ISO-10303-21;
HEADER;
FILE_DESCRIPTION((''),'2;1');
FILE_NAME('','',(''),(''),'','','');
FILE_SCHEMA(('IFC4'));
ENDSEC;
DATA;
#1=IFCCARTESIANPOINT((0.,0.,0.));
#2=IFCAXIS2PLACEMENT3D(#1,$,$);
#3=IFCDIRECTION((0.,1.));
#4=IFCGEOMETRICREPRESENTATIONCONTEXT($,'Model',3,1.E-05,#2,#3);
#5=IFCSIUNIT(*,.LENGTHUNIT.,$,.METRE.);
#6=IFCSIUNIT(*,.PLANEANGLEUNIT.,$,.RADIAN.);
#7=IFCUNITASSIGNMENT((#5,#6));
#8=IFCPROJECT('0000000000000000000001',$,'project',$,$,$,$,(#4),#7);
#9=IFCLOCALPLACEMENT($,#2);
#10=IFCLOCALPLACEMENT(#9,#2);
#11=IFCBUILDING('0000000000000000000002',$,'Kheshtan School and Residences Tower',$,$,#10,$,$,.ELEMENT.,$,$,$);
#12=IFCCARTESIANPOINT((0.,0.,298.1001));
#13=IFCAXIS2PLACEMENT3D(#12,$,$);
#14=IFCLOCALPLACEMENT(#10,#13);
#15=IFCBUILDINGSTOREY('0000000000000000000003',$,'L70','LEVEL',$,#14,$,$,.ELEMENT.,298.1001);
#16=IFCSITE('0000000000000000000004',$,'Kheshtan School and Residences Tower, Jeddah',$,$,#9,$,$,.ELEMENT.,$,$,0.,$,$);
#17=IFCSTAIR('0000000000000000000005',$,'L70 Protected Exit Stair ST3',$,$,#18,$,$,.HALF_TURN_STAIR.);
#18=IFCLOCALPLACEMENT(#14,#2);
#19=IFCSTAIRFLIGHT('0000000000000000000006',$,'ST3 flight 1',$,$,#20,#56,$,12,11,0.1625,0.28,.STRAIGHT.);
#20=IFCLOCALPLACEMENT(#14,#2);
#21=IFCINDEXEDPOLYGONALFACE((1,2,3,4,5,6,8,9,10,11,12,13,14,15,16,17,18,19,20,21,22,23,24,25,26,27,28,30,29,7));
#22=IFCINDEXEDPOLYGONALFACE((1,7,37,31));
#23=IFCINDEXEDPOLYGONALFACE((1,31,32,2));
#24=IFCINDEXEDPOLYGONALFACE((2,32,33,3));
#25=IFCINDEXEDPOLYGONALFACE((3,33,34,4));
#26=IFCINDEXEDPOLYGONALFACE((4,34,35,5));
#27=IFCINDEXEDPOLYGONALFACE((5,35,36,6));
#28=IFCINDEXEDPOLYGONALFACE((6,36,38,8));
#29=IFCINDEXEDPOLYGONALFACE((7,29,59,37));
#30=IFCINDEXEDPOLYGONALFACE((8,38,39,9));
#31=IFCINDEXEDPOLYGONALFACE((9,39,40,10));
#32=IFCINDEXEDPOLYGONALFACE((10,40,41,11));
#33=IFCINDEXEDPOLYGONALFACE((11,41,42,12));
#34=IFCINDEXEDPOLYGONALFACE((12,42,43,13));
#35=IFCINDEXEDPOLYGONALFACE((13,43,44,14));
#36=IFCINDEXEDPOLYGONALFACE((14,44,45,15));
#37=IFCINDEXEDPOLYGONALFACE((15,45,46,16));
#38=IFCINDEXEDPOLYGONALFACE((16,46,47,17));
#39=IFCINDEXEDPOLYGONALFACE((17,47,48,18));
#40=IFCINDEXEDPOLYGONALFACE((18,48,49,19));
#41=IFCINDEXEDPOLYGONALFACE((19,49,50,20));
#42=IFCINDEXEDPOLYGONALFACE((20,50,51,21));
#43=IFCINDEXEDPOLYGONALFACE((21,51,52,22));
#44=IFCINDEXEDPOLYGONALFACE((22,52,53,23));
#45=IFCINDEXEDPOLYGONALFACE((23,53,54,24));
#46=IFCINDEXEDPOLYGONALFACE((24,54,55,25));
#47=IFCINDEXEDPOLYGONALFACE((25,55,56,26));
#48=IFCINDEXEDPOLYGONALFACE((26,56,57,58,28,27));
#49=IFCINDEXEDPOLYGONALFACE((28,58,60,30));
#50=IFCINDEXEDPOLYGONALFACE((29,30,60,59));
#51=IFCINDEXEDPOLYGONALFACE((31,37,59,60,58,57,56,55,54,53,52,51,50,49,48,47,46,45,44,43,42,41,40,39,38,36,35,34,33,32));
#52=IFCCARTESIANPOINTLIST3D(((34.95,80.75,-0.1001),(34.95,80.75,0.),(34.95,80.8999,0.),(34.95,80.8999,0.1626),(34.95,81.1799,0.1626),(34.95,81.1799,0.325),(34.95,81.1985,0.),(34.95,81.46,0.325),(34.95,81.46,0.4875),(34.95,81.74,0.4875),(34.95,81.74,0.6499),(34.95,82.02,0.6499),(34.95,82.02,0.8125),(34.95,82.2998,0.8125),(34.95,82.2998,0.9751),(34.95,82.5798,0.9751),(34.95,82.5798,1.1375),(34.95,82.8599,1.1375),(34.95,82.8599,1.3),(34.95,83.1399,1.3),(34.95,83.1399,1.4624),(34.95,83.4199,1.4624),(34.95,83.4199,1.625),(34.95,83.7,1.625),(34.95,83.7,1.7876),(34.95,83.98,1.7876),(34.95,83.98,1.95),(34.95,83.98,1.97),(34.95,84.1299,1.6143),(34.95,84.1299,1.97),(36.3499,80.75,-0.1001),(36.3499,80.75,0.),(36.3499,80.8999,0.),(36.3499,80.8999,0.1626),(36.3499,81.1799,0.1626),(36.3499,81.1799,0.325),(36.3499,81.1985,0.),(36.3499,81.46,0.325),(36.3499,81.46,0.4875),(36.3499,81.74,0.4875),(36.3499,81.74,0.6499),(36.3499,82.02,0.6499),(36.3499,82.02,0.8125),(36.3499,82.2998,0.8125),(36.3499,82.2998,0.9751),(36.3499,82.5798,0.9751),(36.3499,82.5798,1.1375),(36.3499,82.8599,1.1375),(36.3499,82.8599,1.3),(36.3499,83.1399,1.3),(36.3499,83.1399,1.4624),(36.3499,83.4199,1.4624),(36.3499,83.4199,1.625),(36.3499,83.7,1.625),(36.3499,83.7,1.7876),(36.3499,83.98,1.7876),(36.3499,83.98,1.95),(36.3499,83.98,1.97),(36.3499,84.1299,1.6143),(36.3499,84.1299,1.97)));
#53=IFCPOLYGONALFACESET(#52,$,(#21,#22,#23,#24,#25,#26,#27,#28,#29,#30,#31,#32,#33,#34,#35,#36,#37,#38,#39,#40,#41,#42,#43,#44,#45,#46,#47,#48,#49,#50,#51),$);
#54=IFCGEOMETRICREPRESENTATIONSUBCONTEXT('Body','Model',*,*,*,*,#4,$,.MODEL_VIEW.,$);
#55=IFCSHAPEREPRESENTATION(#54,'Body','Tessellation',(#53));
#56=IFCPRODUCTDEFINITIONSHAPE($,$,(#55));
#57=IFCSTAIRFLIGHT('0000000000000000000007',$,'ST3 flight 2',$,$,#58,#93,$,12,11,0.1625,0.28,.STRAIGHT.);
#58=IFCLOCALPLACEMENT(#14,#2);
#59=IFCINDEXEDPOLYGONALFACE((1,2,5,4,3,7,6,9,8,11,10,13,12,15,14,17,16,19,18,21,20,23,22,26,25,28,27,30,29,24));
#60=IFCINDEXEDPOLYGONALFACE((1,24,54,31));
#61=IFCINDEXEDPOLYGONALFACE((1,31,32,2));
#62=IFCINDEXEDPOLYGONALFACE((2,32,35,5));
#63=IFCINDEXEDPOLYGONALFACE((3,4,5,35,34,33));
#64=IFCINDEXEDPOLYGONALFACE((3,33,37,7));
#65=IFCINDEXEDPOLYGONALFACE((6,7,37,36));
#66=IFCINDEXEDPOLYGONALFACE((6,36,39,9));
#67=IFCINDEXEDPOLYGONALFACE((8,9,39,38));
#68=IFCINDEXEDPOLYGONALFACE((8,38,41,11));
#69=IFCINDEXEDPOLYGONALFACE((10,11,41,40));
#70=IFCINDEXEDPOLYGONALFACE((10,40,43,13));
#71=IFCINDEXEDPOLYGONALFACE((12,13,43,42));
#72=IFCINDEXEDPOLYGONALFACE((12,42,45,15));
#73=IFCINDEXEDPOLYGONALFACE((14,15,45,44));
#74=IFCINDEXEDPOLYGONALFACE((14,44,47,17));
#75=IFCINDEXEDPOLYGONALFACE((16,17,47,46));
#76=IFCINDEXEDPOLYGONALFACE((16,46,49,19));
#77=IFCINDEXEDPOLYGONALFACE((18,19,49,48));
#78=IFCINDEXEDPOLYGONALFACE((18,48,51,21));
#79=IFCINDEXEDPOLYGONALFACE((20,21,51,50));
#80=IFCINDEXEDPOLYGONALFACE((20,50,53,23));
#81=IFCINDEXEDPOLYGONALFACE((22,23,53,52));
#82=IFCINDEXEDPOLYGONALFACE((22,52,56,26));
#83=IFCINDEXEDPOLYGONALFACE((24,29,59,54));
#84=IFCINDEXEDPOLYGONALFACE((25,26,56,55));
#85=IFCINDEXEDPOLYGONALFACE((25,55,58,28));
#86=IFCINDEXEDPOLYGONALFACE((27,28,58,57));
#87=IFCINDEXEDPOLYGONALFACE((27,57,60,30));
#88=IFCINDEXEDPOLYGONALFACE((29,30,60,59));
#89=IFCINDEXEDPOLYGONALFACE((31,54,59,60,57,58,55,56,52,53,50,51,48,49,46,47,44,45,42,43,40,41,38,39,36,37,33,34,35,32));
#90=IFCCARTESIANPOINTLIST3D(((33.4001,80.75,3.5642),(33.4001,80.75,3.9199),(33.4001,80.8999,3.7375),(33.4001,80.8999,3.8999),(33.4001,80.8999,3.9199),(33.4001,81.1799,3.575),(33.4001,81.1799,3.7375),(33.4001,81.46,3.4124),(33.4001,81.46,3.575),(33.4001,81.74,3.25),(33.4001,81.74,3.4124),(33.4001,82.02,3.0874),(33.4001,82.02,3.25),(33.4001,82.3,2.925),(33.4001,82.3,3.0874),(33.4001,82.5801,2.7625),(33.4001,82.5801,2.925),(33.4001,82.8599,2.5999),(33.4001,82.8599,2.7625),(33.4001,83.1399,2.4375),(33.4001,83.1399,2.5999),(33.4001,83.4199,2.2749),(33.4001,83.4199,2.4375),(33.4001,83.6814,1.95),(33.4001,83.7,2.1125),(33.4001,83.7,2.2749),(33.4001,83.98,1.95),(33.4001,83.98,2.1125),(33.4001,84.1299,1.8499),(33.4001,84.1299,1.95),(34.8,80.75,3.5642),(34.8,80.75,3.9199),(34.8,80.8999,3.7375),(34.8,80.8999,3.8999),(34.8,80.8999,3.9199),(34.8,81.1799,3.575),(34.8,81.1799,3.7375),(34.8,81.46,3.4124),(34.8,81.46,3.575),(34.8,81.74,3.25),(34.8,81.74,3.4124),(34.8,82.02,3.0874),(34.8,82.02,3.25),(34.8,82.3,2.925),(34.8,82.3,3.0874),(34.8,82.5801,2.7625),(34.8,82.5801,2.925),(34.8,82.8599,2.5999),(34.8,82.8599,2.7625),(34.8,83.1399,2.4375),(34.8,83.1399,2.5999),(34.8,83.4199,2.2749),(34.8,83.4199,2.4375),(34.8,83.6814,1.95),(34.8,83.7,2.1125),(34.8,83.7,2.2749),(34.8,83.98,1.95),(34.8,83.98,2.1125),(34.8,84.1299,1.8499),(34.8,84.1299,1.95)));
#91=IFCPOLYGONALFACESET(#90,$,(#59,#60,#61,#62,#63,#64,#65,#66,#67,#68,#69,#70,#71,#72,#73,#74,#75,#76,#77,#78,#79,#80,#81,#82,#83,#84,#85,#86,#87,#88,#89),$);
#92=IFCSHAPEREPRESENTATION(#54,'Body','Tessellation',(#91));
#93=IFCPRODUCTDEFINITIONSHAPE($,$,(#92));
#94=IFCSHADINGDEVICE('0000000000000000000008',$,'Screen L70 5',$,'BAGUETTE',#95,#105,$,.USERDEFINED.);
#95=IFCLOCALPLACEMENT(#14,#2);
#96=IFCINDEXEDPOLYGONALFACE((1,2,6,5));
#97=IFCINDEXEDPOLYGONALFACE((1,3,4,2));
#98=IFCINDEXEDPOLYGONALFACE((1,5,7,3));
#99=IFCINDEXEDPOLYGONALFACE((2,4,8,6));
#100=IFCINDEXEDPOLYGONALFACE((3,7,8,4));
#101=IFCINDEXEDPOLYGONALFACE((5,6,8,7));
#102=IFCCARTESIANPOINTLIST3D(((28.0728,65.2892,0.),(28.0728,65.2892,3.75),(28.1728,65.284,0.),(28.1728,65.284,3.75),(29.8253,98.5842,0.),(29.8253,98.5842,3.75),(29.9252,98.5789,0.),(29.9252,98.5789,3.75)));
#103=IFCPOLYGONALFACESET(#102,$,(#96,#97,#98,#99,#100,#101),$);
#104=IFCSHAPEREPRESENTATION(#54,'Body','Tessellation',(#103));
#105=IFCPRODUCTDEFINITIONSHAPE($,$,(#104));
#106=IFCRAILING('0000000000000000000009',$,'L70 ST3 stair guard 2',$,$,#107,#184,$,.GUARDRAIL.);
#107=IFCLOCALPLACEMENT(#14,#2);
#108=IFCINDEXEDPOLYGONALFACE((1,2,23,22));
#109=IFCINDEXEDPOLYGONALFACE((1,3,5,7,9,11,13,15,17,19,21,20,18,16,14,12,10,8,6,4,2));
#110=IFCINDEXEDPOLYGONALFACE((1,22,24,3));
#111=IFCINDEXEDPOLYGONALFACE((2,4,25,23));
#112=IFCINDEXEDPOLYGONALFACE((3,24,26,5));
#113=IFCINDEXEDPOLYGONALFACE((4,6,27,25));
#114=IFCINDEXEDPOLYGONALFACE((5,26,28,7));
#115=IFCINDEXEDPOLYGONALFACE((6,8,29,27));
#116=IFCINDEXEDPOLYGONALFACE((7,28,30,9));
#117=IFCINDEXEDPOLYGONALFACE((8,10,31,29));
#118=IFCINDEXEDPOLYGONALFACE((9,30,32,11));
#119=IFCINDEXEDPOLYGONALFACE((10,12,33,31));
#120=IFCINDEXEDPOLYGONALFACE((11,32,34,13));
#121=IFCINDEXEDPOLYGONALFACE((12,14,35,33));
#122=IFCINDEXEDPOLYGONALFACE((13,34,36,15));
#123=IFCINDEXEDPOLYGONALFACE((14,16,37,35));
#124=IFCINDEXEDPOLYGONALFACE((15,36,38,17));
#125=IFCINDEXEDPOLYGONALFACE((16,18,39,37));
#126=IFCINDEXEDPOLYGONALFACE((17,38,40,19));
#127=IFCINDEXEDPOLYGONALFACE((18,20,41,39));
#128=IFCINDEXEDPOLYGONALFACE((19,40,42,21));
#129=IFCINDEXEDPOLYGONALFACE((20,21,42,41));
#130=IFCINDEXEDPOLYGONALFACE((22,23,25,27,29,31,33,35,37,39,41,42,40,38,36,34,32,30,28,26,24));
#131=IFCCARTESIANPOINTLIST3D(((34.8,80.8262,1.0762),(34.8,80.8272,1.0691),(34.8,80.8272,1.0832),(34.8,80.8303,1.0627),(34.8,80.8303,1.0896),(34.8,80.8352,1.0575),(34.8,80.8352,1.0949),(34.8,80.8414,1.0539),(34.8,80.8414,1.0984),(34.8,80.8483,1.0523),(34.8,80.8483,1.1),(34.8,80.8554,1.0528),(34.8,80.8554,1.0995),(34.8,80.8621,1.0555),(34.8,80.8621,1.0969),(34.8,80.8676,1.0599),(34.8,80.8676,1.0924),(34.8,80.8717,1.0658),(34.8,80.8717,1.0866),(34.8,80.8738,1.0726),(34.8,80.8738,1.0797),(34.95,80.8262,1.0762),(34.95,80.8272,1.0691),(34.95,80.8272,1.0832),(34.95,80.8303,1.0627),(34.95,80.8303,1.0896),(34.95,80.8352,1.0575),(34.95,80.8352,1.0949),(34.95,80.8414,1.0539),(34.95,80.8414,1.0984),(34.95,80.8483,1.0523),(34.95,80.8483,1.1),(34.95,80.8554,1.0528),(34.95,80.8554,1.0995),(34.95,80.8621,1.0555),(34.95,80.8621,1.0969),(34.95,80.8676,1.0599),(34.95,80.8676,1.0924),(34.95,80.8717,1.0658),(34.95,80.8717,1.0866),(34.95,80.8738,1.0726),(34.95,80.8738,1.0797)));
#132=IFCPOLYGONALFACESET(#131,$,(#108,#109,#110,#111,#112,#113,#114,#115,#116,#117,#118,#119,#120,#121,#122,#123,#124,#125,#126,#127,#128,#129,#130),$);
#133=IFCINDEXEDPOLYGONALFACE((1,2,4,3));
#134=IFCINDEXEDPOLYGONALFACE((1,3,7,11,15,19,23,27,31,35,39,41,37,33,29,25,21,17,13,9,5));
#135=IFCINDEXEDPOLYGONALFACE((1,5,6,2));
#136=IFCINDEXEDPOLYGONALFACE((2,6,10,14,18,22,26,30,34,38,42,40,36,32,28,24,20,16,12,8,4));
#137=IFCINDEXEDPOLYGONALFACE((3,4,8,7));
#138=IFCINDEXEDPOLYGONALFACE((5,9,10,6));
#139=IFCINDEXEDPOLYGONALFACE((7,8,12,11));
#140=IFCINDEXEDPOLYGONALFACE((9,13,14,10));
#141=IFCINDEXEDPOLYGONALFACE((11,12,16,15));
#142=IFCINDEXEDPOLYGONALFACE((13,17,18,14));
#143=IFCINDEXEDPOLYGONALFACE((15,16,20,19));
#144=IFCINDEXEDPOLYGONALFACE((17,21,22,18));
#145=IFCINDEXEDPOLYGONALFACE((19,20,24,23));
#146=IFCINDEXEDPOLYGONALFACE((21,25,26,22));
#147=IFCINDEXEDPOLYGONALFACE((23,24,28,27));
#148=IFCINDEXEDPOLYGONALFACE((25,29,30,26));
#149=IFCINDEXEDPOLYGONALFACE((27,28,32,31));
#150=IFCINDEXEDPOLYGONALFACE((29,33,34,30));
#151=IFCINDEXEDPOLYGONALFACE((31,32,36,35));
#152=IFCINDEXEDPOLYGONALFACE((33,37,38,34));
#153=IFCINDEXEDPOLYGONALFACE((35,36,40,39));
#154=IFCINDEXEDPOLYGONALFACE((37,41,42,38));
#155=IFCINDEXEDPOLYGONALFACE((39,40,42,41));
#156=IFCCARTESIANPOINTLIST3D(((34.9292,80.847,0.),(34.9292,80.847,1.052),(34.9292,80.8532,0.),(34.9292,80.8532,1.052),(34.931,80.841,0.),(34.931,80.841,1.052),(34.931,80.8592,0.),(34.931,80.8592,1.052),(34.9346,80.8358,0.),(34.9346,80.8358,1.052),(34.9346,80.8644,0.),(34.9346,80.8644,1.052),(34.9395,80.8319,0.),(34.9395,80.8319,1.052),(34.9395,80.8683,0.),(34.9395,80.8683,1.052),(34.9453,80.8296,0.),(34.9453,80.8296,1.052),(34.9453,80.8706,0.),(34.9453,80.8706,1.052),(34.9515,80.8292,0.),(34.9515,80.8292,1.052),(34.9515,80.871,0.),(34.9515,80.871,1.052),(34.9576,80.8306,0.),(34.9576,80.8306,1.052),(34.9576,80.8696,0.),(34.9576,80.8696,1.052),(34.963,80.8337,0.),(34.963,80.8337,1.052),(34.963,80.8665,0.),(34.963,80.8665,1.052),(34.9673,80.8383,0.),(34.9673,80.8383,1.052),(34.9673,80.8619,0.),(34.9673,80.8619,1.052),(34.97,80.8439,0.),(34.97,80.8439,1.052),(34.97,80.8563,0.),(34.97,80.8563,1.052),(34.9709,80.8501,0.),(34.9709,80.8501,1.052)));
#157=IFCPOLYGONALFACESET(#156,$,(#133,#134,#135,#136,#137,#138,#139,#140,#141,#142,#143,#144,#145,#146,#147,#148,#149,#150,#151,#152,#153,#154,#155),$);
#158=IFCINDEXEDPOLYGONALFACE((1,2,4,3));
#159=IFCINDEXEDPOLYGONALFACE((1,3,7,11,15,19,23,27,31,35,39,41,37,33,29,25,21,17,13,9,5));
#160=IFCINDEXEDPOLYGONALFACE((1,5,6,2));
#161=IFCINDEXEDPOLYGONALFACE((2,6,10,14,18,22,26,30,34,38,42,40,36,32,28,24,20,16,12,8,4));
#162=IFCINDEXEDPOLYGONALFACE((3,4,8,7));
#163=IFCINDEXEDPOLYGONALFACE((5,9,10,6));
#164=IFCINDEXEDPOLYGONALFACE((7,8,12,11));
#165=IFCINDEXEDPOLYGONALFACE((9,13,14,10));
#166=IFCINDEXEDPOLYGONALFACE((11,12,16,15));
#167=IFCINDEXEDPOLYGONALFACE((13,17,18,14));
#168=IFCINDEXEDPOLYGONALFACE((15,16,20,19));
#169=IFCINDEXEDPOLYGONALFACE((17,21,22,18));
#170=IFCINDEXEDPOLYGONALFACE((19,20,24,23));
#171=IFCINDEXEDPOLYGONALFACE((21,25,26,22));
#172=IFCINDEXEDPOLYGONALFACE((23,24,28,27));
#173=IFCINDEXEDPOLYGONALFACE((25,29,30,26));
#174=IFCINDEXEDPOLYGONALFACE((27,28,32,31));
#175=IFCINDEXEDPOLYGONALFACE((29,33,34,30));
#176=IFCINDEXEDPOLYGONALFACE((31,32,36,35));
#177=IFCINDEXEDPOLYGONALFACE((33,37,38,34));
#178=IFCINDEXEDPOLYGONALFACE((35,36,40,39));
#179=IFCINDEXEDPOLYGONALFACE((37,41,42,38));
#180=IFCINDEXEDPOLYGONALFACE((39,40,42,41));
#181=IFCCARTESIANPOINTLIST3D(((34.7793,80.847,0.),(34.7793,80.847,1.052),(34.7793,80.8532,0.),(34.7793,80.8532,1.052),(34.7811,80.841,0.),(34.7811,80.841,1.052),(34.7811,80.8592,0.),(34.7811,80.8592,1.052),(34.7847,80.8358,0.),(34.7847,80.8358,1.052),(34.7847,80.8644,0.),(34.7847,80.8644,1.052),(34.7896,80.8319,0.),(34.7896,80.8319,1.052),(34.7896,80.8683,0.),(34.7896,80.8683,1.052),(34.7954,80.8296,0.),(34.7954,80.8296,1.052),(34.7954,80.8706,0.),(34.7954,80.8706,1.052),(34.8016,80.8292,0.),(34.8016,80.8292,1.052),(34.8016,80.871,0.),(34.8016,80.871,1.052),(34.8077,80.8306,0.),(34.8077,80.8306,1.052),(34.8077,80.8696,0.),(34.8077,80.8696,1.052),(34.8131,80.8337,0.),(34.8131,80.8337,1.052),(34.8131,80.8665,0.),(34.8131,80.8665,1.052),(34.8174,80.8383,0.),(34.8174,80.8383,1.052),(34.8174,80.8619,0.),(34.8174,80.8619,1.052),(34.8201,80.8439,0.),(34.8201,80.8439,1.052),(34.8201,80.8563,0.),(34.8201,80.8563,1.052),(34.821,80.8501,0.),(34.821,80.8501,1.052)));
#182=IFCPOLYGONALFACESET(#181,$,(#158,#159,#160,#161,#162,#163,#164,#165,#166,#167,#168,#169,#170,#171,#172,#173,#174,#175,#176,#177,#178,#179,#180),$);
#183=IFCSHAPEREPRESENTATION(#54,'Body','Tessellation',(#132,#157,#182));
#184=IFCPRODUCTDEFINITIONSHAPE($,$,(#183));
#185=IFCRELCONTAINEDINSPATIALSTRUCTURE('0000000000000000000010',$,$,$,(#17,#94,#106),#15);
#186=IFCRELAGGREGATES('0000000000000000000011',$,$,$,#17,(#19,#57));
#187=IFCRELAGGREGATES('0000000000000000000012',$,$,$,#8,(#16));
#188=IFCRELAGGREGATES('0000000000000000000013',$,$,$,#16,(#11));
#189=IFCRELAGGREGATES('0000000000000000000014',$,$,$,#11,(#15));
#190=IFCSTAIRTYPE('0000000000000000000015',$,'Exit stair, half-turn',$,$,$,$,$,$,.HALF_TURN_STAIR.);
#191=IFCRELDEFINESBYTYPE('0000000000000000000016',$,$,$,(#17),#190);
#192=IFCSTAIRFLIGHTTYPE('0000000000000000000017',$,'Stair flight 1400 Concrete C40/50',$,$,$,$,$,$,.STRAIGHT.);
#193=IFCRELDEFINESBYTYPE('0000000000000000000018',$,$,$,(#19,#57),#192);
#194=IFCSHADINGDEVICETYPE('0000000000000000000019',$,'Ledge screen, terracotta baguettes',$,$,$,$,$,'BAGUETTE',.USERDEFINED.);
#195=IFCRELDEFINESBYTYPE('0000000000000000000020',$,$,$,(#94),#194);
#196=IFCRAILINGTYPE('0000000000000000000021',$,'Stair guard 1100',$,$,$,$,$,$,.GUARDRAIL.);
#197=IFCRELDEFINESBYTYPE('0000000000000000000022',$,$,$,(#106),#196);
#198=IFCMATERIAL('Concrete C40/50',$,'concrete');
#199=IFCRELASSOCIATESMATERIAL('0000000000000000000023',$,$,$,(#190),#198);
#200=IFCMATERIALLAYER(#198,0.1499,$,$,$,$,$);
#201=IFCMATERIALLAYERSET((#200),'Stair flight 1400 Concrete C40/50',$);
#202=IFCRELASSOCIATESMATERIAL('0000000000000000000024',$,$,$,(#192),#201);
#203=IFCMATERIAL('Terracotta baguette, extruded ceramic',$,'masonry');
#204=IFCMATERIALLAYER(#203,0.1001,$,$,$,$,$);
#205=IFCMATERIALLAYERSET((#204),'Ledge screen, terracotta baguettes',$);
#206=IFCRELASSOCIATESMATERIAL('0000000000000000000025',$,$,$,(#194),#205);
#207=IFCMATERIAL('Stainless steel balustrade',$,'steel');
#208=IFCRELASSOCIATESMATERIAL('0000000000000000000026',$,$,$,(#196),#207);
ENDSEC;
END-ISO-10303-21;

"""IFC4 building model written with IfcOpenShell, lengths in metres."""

from ifc_helpers import new_model, si_unit, direction, frame, origin, origin_2d, place, context, subcontext, project, spatial, polyline, rectangle, circle, outline, extrude, material, layer, layer_set, type_object, element, aggregate, save


model = new_model("IFC4")

# Units and contexts
model_context = context("Model", 3, precision=1e-05, world=origin(), true_north=direction((0.0, 1.0)))
body_context = subcontext(model_context, "Body", "Model", "MODEL_VIEW")
ifc_project = project(units=[si_unit("LENGTHUNIT", "METRE"), si_unit("PLANEANGLEUNIT", "RADIAN")], contexts=[model_context])

# Site, building, storey
site_placement = place(None, origin())
site = spatial("IfcSite", under=ifc_project, at=site_placement, Name="Kheshtan School and Residences Tower, Jeddah", CompositionType="ELEMENT", RefElevation=0.0)
building_placement = place(site_placement, origin())
building = spatial("IfcBuilding", under=site, at=building_placement, Name="Kheshtan School and Residences Tower", CompositionType="ELEMENT")
storey_placement = place(building_placement, frame((0.0, 0.0, 298.1001)))
storey = spatial("IfcBuildingStorey", under=building, at=storey_placement, Name="L70", Description="LEVEL", CompositionType="ELEMENT", Elevation=298.1001)

# Shared definitions
ifc_material_1 = material(Name="Concrete C40/50", Category="concrete")

# Stair, stair flights
stair_type = type_object("IfcStairType", Name="Exit stair, half-turn", PredefinedType="HALF_TURN_STAIR", material=ifc_material_1)
stair_placement = place(storey_placement, origin())
stair = element("IfcStair", 1, at=stair_placement, inside=storey, type_object=stair_type, Name="L70 Protected Exit Stair ST3", PredefinedType="HALF_TURN_STAIR")
ifc_layer_1 = layer(ifc_material_1, 0.1499)
ifc_layer_set_1 = layer_set([ifc_layer_1], Name="Stair flight 1400 Concrete C40/50")
stair_flight_type = type_object("IfcStairFlightType", Name="Stair flight 1400 Concrete C40/50", PredefinedType="STRAIGHT", material=ifc_layer_set_1)
stair_flight_1_placement = place(storey_placement, frame((35.6499, 80.8999, 0.0), z_axis=(0.0, 0.0, 1.0), x_axis=(0.0, 1.0, 0.0)))
stair_flight_1 = element("IfcStairFlight", 2, at=stair_flight_1_placement, type_object=stair_flight_type, Name="ST3 flight 1", NumberOfRisers=12, NumberOfTreads=11, PredefinedType="STRAIGHT", RiserHeight=0.1625, TreadLength=0.28, context=body_context, shape_type="SweptSolid", body=[
    extrude(outline(polyline([(-0.1499, -0.1001), (-0.1499, 0.0), (0.0, 0.0), (0.0, 0.1626), (0.28, 0.1626), (0.28, 0.325), (0.5601, 0.325), (0.5601, 0.4875), (0.8401, 0.4875), (0.8401, 0.6499), (1.1201, 0.6499), (1.1201, 0.8125), (1.3999, 0.8125), (1.3999, 0.9751), (1.6799, 0.9751), (1.6799, 1.1375), (1.96, 1.1375), (1.96, 1.3), (2.24, 1.3), (2.24, 1.4624), (2.52, 1.4624), (2.52, 1.625), (2.8, 1.625), (2.8, 1.7876), (3.0801, 1.7876), (3.0801, 1.95), (3.0801, 1.97), (3.23, 1.97), (3.23, 1.6143), (0.2986, 0.0), (-0.1499, -0.1001)])), frame((0.0, 0.7, 0.0), z_axis=(0.0, -1.0, 0.0), x_axis=(1.0, 0.0, 0.0)), (0.0, 0.0, 1.0), 1.3999),
])
stair_flight_2_placement = place(storey_placement, frame((34.1001, 83.98, 1.95), z_axis=(0.0, 0.0, 1.0), x_axis=(0.0, -1.0, 0.0)))
stair_flight_2 = element("IfcStairFlight", 3, at=stair_flight_2_placement, type_object=stair_flight_type, Name="ST3 flight 2", NumberOfRisers=12, NumberOfTreads=11, PredefinedType="STRAIGHT", RiserHeight=0.1625, TreadLength=0.28, context=body_context, shape_type="SweptSolid", body=[
    extrude(outline(polyline([(-0.1499, -0.1001), (-0.1499, 0.0), (0.0, 0.0), (0.0, 0.1626), (0.28, 0.1626), (0.28, 0.325), (0.5601, 0.325), (0.5601, 0.4875), (0.8401, 0.4875), (0.8401, 0.6499), (1.1201, 0.6499), (1.1201, 0.8125), (1.3999, 0.8125), (1.3999, 0.9751), (1.6799, 0.9751), (1.6799, 1.1375), (1.96, 1.1375), (1.96, 1.3), (2.24, 1.3), (2.24, 1.4624), (2.52, 1.4624), (2.52, 1.625), (2.8, 1.625), (2.8, 1.7876), (3.0801, 1.7876), (3.0801, 1.95), (3.0801, 1.97), (3.23, 1.97), (3.23, 1.6143), (0.2986, 0.0), (-0.1499, -0.1001)])), frame((0.0, 0.7, 0.0), z_axis=(0.0, -1.0, 0.0), x_axis=(1.0, 0.0, 0.0)), (0.0, 0.0, 1.0), 1.3999),
])
aggregate(stair, [stair_flight_1, stair_flight_2])

# Shading device
ifc_material_2 = material(Name="Terracotta baguette, extruded ceramic", Category="masonry")
ifc_layer_2 = layer(ifc_material_2, 0.1001)
ifc_layer_set_2 = layer_set([ifc_layer_2], Name="Ledge screen, terracotta baguettes")
shading_device_type = type_object("IfcShadingDeviceType", Name="Ledge screen, terracotta baguettes", ElementType="BAGUETTE", PredefinedType="USERDEFINED", material=ifc_layer_set_2)
shading_device_placement = place(storey_placement, frame((28.999, 81.9341, 0.0), z_axis=(0.0, 0.0, 1.0), x_axis=(0.052563, 0.998618, 0.0)))
element("IfcShadingDevice", 4, at=shading_device_placement, inside=storey, type_object=shading_device_type, Name="Screen L70 5", ObjectType="BAGUETTE", PredefinedType="USERDEFINED", context=body_context, shape_type="SweptSolid", body=[
    extrude(rectangle(XDim=33.3411, YDim=0.1001, at=origin_2d()), origin(), (0.0, 0.0, 1.0), 3.75),
])

# Railing
ifc_material_3 = material(Name="Stainless steel balustrade", Category="steel")
railing_type_1 = type_object("IfcRailingType", Name="Stair guard 1100", PredefinedType="GUARDRAIL", material=ifc_material_3)
railing_1_placement = place(storey_placement, frame((34.95, 80.8501, 0.0)))
element("IfcRailing", 5, at=railing_1_placement, inside=storey, type_object=railing_type_1, Name="L70 ST3 stair guard 2", PredefinedType="GUARDRAIL", context=body_context, shape_type="SweptSolid", body=[
    extrude(circle(Radius=0.0239, at=origin_2d()), frame((0.0, 0.0, 1.0762), z_axis=(-1.0, 0.0, 0.0), x_axis=(0.0, -1.0, 0.0)), (0.0, 0.0, 1.0), 0.1499),
    extrude(circle(Radius=0.021, at=origin_2d()), origin(), (0.0, 0.0, 1.0), 1.052),
    extrude(circle(Radius=0.021, at=origin_2d()), frame((-0.1499, 0.0, 0.0)), (0.0, 0.0, 1.0), 1.052),
])

save(model, "model.ifc")
